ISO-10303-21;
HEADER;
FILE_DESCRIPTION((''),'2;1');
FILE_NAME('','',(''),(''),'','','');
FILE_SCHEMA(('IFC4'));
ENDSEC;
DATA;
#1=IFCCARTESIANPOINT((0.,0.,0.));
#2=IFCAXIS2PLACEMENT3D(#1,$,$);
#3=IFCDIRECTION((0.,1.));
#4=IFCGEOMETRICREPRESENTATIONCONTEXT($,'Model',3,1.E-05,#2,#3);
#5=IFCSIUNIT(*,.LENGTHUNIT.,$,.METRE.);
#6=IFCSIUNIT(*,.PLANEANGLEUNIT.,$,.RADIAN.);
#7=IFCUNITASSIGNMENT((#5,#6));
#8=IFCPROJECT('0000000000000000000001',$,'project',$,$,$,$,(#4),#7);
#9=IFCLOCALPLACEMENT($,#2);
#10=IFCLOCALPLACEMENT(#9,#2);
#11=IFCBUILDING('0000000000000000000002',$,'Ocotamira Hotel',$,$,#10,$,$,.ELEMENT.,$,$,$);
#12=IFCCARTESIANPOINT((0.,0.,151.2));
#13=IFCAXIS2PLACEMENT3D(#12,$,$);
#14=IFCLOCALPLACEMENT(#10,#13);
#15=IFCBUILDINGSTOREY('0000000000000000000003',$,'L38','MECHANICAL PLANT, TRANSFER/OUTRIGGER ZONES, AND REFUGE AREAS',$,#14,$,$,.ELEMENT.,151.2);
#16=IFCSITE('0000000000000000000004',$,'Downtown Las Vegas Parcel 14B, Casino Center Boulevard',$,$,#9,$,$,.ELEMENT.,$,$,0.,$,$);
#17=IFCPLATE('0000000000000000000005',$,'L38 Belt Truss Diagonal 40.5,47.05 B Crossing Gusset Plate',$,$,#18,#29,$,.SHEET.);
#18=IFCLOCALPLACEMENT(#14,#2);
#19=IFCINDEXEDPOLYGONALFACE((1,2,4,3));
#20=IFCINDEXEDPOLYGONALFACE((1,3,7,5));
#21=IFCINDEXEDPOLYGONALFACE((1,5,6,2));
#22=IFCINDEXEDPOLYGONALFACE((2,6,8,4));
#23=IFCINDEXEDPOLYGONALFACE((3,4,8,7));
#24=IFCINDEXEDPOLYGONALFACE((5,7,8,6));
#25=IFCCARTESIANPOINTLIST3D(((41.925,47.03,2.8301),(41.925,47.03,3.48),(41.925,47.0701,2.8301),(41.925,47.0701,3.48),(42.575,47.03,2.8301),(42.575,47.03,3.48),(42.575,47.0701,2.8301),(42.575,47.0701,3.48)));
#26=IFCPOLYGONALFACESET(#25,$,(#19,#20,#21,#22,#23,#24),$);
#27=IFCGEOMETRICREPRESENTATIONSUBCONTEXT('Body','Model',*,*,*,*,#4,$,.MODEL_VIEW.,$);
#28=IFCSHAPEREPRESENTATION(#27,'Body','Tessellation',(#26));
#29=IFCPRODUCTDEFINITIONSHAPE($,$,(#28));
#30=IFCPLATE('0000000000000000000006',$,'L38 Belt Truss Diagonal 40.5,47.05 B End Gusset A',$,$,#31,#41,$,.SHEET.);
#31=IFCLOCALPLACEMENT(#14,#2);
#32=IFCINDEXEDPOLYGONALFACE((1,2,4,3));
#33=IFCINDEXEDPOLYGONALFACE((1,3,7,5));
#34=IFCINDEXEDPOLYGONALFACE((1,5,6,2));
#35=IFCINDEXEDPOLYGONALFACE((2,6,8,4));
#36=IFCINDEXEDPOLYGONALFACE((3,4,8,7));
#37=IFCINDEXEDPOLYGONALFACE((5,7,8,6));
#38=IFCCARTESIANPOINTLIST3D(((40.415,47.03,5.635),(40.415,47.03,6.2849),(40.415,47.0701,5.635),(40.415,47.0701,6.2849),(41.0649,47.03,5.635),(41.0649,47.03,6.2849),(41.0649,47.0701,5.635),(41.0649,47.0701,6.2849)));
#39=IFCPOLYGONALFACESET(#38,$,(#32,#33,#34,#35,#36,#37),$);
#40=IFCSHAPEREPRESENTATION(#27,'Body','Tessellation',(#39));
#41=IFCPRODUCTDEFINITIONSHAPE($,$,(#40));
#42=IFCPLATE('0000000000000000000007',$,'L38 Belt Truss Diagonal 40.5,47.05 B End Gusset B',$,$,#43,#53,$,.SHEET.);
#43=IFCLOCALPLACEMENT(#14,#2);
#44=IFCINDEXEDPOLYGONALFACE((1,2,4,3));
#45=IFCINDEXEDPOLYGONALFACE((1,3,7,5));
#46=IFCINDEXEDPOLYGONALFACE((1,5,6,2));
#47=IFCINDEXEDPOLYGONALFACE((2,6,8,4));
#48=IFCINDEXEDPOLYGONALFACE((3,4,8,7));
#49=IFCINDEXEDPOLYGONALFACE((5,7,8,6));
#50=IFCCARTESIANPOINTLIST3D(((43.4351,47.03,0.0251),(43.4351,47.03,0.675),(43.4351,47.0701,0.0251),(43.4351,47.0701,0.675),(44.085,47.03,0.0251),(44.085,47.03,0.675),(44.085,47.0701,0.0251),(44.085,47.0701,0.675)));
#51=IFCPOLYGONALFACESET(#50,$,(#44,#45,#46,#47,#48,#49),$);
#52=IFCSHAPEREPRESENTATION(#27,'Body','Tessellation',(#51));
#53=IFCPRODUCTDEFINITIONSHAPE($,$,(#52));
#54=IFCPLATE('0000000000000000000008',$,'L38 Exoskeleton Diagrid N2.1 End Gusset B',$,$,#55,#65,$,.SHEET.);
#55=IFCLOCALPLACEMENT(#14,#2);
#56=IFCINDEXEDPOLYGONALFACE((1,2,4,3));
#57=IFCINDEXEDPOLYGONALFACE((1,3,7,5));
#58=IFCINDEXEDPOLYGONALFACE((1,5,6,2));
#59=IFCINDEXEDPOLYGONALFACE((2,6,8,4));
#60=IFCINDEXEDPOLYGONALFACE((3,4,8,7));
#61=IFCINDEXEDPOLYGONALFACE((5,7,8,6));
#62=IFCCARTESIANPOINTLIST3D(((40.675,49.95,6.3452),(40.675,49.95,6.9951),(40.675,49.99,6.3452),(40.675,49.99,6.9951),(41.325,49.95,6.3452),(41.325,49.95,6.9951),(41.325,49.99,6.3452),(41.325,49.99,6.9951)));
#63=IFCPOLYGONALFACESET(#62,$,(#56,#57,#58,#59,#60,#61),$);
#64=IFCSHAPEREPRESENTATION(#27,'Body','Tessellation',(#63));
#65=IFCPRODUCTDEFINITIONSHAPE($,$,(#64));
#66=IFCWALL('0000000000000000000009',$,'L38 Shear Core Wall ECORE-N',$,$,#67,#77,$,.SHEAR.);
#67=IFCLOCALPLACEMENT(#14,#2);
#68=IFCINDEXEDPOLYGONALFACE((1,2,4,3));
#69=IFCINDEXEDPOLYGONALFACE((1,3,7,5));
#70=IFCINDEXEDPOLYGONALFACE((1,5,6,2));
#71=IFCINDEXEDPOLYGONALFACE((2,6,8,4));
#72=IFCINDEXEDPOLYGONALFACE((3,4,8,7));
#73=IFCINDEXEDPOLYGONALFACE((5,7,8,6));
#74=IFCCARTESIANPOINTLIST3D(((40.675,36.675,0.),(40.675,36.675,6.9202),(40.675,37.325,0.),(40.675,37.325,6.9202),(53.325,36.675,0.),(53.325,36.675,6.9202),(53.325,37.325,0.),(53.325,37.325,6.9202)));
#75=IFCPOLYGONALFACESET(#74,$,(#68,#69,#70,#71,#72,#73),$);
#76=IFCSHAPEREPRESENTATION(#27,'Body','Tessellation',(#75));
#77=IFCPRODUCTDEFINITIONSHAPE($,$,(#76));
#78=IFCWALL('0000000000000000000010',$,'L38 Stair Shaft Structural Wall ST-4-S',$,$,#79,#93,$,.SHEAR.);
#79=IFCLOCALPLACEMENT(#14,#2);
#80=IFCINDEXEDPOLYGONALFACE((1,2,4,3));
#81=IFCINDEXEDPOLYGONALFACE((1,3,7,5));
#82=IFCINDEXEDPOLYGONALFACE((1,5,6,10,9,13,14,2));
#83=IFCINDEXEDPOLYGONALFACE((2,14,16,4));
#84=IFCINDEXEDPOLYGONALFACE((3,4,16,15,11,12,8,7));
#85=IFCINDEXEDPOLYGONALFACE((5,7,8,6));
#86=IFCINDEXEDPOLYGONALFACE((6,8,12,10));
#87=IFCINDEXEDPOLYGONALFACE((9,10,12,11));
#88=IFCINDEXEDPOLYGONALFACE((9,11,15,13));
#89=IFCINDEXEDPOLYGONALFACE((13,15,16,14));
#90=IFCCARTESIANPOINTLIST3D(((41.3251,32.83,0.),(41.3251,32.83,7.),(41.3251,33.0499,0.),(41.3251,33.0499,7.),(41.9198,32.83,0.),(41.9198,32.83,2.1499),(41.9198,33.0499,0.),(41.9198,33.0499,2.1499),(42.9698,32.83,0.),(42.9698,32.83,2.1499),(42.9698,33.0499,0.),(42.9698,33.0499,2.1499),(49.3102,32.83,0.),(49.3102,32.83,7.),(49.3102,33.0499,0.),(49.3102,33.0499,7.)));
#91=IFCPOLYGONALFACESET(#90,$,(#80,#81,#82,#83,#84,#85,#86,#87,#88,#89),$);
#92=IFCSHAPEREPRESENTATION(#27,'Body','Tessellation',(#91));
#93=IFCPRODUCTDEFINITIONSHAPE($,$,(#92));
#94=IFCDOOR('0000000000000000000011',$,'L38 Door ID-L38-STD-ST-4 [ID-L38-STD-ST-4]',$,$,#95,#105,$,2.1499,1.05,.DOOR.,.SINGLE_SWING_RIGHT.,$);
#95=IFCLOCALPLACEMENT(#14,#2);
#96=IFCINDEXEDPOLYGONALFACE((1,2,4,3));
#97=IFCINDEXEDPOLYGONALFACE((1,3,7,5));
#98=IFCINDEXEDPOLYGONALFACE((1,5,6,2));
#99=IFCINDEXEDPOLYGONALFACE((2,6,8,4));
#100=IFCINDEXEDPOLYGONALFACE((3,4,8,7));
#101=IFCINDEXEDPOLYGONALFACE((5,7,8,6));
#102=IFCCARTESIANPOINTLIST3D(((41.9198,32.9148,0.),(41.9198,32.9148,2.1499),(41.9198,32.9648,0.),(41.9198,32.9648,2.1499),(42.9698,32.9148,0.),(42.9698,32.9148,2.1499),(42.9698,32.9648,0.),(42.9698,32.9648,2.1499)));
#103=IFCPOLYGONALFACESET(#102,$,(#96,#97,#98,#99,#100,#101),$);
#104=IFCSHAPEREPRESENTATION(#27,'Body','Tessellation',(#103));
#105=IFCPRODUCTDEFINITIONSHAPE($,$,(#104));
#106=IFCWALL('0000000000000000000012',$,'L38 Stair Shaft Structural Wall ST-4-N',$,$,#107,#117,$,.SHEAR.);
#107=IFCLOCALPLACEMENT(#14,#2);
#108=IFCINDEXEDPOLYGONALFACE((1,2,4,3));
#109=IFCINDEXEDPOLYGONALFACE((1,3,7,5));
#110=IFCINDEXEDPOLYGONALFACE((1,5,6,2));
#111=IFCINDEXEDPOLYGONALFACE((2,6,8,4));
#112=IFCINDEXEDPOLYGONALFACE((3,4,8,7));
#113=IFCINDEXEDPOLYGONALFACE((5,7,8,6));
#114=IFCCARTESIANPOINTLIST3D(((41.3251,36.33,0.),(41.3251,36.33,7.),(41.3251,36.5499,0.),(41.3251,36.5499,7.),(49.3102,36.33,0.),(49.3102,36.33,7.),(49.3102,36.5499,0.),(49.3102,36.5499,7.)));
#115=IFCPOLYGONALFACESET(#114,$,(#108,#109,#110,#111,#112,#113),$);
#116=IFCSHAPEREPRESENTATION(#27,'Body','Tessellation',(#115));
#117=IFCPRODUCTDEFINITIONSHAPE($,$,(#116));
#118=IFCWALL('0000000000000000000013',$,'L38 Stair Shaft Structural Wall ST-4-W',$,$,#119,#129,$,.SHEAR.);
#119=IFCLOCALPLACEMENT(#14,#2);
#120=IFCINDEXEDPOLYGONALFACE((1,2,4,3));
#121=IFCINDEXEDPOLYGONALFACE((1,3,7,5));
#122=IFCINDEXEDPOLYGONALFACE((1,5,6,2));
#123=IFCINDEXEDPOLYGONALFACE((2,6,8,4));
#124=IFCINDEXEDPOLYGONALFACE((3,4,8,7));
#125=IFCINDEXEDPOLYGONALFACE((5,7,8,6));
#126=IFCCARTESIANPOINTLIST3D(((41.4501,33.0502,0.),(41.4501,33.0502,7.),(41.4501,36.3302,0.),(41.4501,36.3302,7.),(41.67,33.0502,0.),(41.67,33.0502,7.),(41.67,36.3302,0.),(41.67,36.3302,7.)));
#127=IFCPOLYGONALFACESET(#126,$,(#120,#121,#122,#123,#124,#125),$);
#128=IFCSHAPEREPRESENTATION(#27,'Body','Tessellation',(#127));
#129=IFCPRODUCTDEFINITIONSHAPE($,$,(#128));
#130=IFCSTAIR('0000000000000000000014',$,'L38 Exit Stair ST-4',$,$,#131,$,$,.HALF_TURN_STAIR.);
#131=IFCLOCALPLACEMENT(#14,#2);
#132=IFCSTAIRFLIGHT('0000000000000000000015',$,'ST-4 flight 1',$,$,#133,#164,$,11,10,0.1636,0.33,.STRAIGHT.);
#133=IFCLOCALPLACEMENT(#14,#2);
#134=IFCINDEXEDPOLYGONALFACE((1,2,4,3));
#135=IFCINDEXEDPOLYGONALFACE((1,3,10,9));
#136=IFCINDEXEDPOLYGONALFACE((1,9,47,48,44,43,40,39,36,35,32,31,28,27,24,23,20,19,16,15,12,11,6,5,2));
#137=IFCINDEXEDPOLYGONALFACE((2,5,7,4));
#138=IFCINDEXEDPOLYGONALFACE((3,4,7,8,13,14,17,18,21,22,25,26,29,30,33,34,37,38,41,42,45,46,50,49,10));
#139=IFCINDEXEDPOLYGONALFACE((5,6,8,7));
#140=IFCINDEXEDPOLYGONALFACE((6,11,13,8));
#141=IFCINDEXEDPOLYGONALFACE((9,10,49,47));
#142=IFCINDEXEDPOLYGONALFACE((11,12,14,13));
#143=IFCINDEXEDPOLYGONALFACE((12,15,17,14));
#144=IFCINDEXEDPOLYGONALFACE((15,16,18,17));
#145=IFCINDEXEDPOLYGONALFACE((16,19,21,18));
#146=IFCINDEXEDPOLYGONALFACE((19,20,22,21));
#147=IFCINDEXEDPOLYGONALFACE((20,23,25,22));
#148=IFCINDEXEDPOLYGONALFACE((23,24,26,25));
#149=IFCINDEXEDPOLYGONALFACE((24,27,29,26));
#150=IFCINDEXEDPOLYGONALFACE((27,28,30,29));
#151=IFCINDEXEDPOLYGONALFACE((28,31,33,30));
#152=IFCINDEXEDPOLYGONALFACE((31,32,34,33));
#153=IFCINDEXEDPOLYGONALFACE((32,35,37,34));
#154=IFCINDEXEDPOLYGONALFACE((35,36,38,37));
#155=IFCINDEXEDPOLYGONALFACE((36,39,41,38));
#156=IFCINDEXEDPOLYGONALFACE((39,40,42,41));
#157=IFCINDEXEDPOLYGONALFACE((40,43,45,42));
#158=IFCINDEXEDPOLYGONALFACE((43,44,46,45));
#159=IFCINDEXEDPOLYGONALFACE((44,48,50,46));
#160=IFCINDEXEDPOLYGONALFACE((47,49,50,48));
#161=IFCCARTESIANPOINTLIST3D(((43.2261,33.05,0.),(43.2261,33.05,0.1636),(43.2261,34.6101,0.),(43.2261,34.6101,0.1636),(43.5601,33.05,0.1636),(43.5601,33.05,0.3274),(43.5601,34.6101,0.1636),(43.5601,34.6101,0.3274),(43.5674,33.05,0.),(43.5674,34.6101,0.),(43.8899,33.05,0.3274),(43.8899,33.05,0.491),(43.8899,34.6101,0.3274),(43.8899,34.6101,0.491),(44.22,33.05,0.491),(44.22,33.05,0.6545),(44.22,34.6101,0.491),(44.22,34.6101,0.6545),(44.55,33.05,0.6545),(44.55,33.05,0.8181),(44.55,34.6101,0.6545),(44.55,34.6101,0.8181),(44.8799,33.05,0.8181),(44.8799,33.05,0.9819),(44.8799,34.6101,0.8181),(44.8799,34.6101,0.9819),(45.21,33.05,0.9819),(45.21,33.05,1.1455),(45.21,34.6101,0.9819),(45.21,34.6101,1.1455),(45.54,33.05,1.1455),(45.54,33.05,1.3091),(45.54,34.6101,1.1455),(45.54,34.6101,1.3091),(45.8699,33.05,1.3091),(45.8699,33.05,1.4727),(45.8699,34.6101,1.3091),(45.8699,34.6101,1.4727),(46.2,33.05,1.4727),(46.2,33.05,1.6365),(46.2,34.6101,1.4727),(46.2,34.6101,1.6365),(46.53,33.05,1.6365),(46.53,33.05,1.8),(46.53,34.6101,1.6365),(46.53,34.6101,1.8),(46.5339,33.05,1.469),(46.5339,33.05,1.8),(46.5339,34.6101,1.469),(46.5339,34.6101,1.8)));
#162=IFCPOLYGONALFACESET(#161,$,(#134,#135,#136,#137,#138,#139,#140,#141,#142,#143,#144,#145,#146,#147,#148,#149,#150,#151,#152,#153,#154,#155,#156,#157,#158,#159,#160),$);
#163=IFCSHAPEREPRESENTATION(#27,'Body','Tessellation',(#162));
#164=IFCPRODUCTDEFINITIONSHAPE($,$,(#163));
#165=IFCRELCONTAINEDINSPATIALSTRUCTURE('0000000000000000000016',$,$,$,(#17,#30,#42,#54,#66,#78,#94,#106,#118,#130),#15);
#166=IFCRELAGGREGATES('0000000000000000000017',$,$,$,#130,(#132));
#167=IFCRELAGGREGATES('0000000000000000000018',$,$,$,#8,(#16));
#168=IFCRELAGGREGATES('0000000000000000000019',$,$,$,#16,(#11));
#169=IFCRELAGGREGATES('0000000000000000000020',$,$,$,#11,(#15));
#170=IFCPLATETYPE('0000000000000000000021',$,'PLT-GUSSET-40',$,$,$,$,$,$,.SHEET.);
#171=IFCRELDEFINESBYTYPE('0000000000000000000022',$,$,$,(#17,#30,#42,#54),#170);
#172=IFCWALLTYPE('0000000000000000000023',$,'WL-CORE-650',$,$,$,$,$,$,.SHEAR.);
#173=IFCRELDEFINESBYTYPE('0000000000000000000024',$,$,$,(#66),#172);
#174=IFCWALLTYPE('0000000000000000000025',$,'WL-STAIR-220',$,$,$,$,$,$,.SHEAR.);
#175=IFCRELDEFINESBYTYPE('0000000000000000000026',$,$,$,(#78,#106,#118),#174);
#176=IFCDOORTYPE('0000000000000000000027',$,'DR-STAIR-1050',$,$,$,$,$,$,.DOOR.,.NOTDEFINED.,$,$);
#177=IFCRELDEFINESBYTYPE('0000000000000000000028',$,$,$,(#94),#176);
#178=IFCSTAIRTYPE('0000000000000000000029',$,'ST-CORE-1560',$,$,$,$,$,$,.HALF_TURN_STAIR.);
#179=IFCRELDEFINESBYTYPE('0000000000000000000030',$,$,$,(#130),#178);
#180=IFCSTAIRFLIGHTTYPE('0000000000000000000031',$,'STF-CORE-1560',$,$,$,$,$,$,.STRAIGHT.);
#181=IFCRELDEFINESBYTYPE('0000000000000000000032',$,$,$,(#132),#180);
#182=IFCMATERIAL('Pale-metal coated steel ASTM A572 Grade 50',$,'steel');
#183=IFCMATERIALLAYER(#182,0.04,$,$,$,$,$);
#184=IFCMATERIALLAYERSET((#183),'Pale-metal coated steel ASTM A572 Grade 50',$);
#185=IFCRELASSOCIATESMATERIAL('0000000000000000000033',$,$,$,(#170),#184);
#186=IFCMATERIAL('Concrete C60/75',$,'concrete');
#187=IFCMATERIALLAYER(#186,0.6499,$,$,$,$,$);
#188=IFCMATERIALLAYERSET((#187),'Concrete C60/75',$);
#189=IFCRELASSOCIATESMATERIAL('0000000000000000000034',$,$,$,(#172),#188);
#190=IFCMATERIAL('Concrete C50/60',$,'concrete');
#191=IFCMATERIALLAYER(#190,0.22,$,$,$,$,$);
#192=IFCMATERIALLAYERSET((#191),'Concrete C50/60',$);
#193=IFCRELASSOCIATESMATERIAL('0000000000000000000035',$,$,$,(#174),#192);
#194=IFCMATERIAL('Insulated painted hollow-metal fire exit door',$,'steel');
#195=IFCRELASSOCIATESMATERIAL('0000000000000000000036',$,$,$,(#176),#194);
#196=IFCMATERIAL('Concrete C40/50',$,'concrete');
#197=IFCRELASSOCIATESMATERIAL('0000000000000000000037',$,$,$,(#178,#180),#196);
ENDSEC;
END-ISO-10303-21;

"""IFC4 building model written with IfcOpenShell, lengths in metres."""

from ifc_helpers import new_model, si_unit, direction, frame, frame_2d, origin, origin_2d, place, context, subcontext, project, spatial, polyline, rectangle, outline, extrude, source, transform, mapped, material, layer, layer_set, type_object, element, fill, aggregate, save


model = new_model("IFC4")

# Units and contexts
model_context = context("Model", 3, precision=1e-05, world=origin(), true_north=direction((0.0, 1.0)))
body_context = subcontext(model_context, "Body", "Model", "MODEL_VIEW")
ifc_project = project(units=[si_unit("LENGTHUNIT", "METRE"), si_unit("PLANEANGLEUNIT", "RADIAN")], contexts=[model_context])

# Site, building, storey
site_placement = place(None, origin())
site = spatial("IfcSite", under=ifc_project, at=site_placement, Name="Downtown Las Vegas Parcel 14B, Casino Center Boulevard", CompositionType="ELEMENT", RefElevation=0.0)
building_placement = place(site_placement, origin())
building = spatial("IfcBuilding", under=site, at=building_placement, Name="Ocotamira Hotel", CompositionType="ELEMENT")
storey_placement = place(building_placement, frame((0.0, 0.0, 151.2)))
storey = spatial("IfcBuildingStorey", under=building, at=storey_placement, Name="L38", Description="MECHANICAL PLANT, TRANSFER/OUTRIGGER ZONES, AND REFUGE AREAS", CompositionType="ELEMENT", Elevation=151.2)

# Shared definitions
ifc_material_1 = material(Name="Concrete C60/75", Category="concrete")

# Plates
ifc_material_2 = material(Name="Pale-metal coated steel ASTM A572 Grade 50", Category="steel")
ifc_layer_1 = layer(ifc_material_2, 0.04)
ifc_layer_set_1 = layer_set([ifc_layer_1], Name="Pale-metal coated steel ASTM A572 Grade 50")
plate_type = type_object("IfcPlateType", Name="PLT-GUSSET-40", PredefinedType="SHEET", material=ifc_layer_set_1)
shared_shape_1 = source(origin(), body_context, "Body", "SweptSolid", [
    extrude(rectangle(XDim=0.6499, YDim=0.04, at=origin_2d()), origin(), (0.0, 0.0, 1.0), 0.6499),
])
for number, where, z_axis, x_axis, name in (
    (1, (42.25, 47.05, 2.8301), (0.0, 0.0, 1.0), (1.0, 0.0, 0.0), "L38 Belt Truss Diagonal 40.5,47.05 B Crossing Gusset Plate"),
    (2, (40.74, 47.05, 5.635), (0.0, 0.0, 1.0), (1.0, 0.0, 0.0), "L38 Belt Truss Diagonal 40.5,47.05 B End Gusset A"),
    (3, (43.76, 47.05, 0.0251), (0.0, 0.0, 1.0), (1.0, 0.0, 0.0), "L38 Belt Truss Diagonal 40.5,47.05 B End Gusset B"),
    (4, (41.0, 49.97, 6.3452), (0.0, 0.0, 1.0), (1.0, 0.0, 0.0), "L38 Exoskeleton Diagrid N2.1 End Gusset B"),
):
    element("IfcPlate", number, at=place(storey_placement, frame(where, z_axis=z_axis, x_axis=x_axis)), inside=storey, type_object=plate_type, Name=name, PredefinedType="SHEET", context=body_context, shape_type="MappedRepresentation", body=[
        mapped(shared_shape_1, transform((0.0, 0.0, 0.0), scale=1.0)),
    ])

# Wall
ifc_layer_2 = layer(ifc_material_1, 0.6499)
ifc_layer_set_2 = layer_set([ifc_layer_2], Name="Concrete C60/75")
wall_type_1 = type_object("IfcWallType", Name="WL-CORE-650", PredefinedType="SHEAR", material=ifc_layer_set_2)
wall_1_placement = place(storey_placement, frame((40.675, 37.0, 0.0), z_axis=(0.0, 0.0, 1.0), x_axis=(1.0, 0.0, 0.0)))
element("IfcWall", 5, at=wall_1_placement, inside=storey, type_object=wall_type_1, Name="L38 Shear Core Wall ECORE-N", PredefinedType="SHEAR", context=body_context, shape_type="SweptSolid", body=[
    extrude(rectangle(XDim=12.6499, YDim=0.6499, at=frame_2d((6.325, 0.0))), origin(), (0.0, 0.0, 1.0), 6.9202),
])

# Wall, opening, door
ifc_material_3 = material(Name="Concrete C50/60", Category="concrete")
ifc_layer_3 = layer(ifc_material_3, 0.22)
ifc_layer_set_3 = layer_set([ifc_layer_3], Name="Concrete C50/60")
wall_type_2 = type_object("IfcWallType", Name="WL-STAIR-220", PredefinedType="SHEAR", material=ifc_layer_set_3)
wall_2_placement = place(storey_placement, frame((41.325, 32.9399, 0.0), z_axis=(0.0, 0.0, 1.0), x_axis=(1.0, 0.0, 0.0)))
wall_2 = element("IfcWall", 6, at=wall_2_placement, inside=storey, type_object=wall_type_2, Name="L38 Stair Shaft Structural Wall ST-4-S", PredefinedType="SHEAR", context=body_context, shape_type="SweptSolid", body=[
    extrude(rectangle(XDim=7.9851, YDim=0.22, at=frame_2d((3.9927, 0.0))), origin(), (0.0, 0.0, 1.0), 7.0),
])
opening_placement = place(wall_2_placement, frame((0.595, 0.0, 0.0)))
opening = element("IfcOpeningElement", 7, at=opening_placement, cuts=wall_2, PredefinedType="OPENING", context=body_context, shape_type="SweptSolid", body=[
    extrude(rectangle(XDim=1.05, YDim=2.1499, at=frame_2d((0.5249, 1.075))), frame((0.0, 0.1201, 0.0), z_axis=(0.0, -1.0, 0.0), x_axis=(1.0, 0.0, 0.0)), (0.0, 0.0, 1.0), 0.24),
])
ifc_material_4 = material(Name="Insulated painted hollow-metal fire exit door", Category="steel")
door_type = type_object("IfcDoorType", Name="DR-STAIR-1050", OperationType="NOTDEFINED", PredefinedType="DOOR", material=ifc_material_4)
shared_shape_2 = source(origin(), body_context, "Body", "SweptSolid", [
    extrude(rectangle(XDim=1.05, YDim=2.1499, at=frame_2d((0.5249, 1.075))), frame((0.0, 0.0249, 0.0), z_axis=(0.0, -1.0, 0.0), x_axis=(1.0, 0.0, 0.0)), (0.0, 0.0, 1.0), 0.05),
])
door_placement = place(opening_placement, origin())
door = element("IfcDoor", 8, at=door_placement, inside=storey, type_object=door_type, Name="L38 Door ID-L38-STD-ST-4 [ID-L38-STD-ST-4]", OperationType="SINGLE_SWING_RIGHT", OverallHeight=2.1499, OverallWidth=1.05, PredefinedType="DOOR", context=body_context, shape_type="MappedRepresentation", body=[
    mapped(shared_shape_2, transform((0.0, 0.0, 0.0), scale=1.0)),
])
fill(opening, door)

# Walls
wall_3_placement = place(storey_placement, frame((41.325, 36.4399, 0.0), z_axis=(0.0, 0.0, 1.0), x_axis=(1.0, 0.0, 0.0)))
element("IfcWall", 9, at=wall_3_placement, inside=storey, type_object=wall_type_2, Name="L38 Stair Shaft Structural Wall ST-4-N", PredefinedType="SHEAR", context=body_context, shape_type="SweptSolid", body=[
    extrude(rectangle(XDim=7.9851, YDim=0.22, at=frame_2d((3.9927, 0.0))), origin(), (0.0, 0.0, 1.0), 7.0),
])
wall_4_placement = place(storey_placement, frame((41.5601, 33.05, 0.0), z_axis=(0.0, 0.0, 1.0), x_axis=(0.0, 1.0, 0.0)))
element("IfcWall", 10, at=wall_4_placement, inside=storey, type_object=wall_type_2, Name="L38 Stair Shaft Structural Wall ST-4-W", PredefinedType="SHEAR", context=body_context, shape_type="SweptSolid", body=[
    extrude(rectangle(XDim=3.28, YDim=0.22, at=frame_2d((1.6401, 0.0))), origin(), (0.0, 0.0, 1.0), 7.0),
])

# Stair, stair flight
ifc_material_5 = material(Name="Concrete C40/50", Category="concrete")
stair_type = type_object("IfcStairType", Name="ST-CORE-1560", PredefinedType="HALF_TURN_STAIR", material=ifc_material_5)
stair_placement = place(storey_placement, origin())
stair = element("IfcStair", 11, at=stair_placement, inside=storey, type_object=stair_type, Name="L38 Exit Stair ST-4", PredefinedType="HALF_TURN_STAIR")
stair_flight_type = type_object("IfcStairFlightType", Name="STF-CORE-1560", PredefinedType="STRAIGHT", material=ifc_material_5)
shared_shape_3 = source(origin(), body_context, "Body", "SweptSolid", [
    extrude(outline(polyline([(-0.0039, 0.0), (-0.0039, 0.1636), (0.3301, 0.1636), (0.3301, 0.3274), (0.6599, 0.3274), (0.6599, 0.491), (0.99, 0.491), (0.99, 0.6545), (1.3201, 0.6545), (1.3201, 0.8181), (1.6499, 0.8181), (1.6499, 0.9819), (1.98, 0.9819), (1.98, 1.1455), (2.3101, 1.1455), (2.3101, 1.3091), (2.6399, 1.3091), (2.6399, 1.4727), (2.97, 1.4727), (2.97, 1.6365), (3.3, 1.6365), (3.3, 1.8), (3.304, 1.8), (3.304, 1.469), (0.3374, 0.0), (-0.0039, 0.0)])), frame((0.0, 0.78, 0.0), z_axis=(0.0, -1.0, 0.0), x_axis=(1.0, 0.0, 0.0)), (0.0, 0.0, 1.0), 1.5601),
])
stair_flight_1_placement = place(storey_placement, frame((43.23, 33.8301, 0.0), z_axis=(0.0, 0.0, 1.0), x_axis=(1.0, 0.0, 0.0)))
stair_flight_1 = element("IfcStairFlight", 12, at=stair_flight_1_placement, type_object=stair_flight_type, Name="ST-4 flight 1", NumberOfRisers=11, NumberOfTreads=10, PredefinedType="STRAIGHT", RiserHeight=0.1636, TreadLength=0.33, context=body_context, shape_type="MappedRepresentation", body=[
    mapped(shared_shape_3, transform((0.0, 0.0, 0.0), scale=1.0)),
])
aggregate(stair, [stair_flight_1])

save(model, "model.ifc")
